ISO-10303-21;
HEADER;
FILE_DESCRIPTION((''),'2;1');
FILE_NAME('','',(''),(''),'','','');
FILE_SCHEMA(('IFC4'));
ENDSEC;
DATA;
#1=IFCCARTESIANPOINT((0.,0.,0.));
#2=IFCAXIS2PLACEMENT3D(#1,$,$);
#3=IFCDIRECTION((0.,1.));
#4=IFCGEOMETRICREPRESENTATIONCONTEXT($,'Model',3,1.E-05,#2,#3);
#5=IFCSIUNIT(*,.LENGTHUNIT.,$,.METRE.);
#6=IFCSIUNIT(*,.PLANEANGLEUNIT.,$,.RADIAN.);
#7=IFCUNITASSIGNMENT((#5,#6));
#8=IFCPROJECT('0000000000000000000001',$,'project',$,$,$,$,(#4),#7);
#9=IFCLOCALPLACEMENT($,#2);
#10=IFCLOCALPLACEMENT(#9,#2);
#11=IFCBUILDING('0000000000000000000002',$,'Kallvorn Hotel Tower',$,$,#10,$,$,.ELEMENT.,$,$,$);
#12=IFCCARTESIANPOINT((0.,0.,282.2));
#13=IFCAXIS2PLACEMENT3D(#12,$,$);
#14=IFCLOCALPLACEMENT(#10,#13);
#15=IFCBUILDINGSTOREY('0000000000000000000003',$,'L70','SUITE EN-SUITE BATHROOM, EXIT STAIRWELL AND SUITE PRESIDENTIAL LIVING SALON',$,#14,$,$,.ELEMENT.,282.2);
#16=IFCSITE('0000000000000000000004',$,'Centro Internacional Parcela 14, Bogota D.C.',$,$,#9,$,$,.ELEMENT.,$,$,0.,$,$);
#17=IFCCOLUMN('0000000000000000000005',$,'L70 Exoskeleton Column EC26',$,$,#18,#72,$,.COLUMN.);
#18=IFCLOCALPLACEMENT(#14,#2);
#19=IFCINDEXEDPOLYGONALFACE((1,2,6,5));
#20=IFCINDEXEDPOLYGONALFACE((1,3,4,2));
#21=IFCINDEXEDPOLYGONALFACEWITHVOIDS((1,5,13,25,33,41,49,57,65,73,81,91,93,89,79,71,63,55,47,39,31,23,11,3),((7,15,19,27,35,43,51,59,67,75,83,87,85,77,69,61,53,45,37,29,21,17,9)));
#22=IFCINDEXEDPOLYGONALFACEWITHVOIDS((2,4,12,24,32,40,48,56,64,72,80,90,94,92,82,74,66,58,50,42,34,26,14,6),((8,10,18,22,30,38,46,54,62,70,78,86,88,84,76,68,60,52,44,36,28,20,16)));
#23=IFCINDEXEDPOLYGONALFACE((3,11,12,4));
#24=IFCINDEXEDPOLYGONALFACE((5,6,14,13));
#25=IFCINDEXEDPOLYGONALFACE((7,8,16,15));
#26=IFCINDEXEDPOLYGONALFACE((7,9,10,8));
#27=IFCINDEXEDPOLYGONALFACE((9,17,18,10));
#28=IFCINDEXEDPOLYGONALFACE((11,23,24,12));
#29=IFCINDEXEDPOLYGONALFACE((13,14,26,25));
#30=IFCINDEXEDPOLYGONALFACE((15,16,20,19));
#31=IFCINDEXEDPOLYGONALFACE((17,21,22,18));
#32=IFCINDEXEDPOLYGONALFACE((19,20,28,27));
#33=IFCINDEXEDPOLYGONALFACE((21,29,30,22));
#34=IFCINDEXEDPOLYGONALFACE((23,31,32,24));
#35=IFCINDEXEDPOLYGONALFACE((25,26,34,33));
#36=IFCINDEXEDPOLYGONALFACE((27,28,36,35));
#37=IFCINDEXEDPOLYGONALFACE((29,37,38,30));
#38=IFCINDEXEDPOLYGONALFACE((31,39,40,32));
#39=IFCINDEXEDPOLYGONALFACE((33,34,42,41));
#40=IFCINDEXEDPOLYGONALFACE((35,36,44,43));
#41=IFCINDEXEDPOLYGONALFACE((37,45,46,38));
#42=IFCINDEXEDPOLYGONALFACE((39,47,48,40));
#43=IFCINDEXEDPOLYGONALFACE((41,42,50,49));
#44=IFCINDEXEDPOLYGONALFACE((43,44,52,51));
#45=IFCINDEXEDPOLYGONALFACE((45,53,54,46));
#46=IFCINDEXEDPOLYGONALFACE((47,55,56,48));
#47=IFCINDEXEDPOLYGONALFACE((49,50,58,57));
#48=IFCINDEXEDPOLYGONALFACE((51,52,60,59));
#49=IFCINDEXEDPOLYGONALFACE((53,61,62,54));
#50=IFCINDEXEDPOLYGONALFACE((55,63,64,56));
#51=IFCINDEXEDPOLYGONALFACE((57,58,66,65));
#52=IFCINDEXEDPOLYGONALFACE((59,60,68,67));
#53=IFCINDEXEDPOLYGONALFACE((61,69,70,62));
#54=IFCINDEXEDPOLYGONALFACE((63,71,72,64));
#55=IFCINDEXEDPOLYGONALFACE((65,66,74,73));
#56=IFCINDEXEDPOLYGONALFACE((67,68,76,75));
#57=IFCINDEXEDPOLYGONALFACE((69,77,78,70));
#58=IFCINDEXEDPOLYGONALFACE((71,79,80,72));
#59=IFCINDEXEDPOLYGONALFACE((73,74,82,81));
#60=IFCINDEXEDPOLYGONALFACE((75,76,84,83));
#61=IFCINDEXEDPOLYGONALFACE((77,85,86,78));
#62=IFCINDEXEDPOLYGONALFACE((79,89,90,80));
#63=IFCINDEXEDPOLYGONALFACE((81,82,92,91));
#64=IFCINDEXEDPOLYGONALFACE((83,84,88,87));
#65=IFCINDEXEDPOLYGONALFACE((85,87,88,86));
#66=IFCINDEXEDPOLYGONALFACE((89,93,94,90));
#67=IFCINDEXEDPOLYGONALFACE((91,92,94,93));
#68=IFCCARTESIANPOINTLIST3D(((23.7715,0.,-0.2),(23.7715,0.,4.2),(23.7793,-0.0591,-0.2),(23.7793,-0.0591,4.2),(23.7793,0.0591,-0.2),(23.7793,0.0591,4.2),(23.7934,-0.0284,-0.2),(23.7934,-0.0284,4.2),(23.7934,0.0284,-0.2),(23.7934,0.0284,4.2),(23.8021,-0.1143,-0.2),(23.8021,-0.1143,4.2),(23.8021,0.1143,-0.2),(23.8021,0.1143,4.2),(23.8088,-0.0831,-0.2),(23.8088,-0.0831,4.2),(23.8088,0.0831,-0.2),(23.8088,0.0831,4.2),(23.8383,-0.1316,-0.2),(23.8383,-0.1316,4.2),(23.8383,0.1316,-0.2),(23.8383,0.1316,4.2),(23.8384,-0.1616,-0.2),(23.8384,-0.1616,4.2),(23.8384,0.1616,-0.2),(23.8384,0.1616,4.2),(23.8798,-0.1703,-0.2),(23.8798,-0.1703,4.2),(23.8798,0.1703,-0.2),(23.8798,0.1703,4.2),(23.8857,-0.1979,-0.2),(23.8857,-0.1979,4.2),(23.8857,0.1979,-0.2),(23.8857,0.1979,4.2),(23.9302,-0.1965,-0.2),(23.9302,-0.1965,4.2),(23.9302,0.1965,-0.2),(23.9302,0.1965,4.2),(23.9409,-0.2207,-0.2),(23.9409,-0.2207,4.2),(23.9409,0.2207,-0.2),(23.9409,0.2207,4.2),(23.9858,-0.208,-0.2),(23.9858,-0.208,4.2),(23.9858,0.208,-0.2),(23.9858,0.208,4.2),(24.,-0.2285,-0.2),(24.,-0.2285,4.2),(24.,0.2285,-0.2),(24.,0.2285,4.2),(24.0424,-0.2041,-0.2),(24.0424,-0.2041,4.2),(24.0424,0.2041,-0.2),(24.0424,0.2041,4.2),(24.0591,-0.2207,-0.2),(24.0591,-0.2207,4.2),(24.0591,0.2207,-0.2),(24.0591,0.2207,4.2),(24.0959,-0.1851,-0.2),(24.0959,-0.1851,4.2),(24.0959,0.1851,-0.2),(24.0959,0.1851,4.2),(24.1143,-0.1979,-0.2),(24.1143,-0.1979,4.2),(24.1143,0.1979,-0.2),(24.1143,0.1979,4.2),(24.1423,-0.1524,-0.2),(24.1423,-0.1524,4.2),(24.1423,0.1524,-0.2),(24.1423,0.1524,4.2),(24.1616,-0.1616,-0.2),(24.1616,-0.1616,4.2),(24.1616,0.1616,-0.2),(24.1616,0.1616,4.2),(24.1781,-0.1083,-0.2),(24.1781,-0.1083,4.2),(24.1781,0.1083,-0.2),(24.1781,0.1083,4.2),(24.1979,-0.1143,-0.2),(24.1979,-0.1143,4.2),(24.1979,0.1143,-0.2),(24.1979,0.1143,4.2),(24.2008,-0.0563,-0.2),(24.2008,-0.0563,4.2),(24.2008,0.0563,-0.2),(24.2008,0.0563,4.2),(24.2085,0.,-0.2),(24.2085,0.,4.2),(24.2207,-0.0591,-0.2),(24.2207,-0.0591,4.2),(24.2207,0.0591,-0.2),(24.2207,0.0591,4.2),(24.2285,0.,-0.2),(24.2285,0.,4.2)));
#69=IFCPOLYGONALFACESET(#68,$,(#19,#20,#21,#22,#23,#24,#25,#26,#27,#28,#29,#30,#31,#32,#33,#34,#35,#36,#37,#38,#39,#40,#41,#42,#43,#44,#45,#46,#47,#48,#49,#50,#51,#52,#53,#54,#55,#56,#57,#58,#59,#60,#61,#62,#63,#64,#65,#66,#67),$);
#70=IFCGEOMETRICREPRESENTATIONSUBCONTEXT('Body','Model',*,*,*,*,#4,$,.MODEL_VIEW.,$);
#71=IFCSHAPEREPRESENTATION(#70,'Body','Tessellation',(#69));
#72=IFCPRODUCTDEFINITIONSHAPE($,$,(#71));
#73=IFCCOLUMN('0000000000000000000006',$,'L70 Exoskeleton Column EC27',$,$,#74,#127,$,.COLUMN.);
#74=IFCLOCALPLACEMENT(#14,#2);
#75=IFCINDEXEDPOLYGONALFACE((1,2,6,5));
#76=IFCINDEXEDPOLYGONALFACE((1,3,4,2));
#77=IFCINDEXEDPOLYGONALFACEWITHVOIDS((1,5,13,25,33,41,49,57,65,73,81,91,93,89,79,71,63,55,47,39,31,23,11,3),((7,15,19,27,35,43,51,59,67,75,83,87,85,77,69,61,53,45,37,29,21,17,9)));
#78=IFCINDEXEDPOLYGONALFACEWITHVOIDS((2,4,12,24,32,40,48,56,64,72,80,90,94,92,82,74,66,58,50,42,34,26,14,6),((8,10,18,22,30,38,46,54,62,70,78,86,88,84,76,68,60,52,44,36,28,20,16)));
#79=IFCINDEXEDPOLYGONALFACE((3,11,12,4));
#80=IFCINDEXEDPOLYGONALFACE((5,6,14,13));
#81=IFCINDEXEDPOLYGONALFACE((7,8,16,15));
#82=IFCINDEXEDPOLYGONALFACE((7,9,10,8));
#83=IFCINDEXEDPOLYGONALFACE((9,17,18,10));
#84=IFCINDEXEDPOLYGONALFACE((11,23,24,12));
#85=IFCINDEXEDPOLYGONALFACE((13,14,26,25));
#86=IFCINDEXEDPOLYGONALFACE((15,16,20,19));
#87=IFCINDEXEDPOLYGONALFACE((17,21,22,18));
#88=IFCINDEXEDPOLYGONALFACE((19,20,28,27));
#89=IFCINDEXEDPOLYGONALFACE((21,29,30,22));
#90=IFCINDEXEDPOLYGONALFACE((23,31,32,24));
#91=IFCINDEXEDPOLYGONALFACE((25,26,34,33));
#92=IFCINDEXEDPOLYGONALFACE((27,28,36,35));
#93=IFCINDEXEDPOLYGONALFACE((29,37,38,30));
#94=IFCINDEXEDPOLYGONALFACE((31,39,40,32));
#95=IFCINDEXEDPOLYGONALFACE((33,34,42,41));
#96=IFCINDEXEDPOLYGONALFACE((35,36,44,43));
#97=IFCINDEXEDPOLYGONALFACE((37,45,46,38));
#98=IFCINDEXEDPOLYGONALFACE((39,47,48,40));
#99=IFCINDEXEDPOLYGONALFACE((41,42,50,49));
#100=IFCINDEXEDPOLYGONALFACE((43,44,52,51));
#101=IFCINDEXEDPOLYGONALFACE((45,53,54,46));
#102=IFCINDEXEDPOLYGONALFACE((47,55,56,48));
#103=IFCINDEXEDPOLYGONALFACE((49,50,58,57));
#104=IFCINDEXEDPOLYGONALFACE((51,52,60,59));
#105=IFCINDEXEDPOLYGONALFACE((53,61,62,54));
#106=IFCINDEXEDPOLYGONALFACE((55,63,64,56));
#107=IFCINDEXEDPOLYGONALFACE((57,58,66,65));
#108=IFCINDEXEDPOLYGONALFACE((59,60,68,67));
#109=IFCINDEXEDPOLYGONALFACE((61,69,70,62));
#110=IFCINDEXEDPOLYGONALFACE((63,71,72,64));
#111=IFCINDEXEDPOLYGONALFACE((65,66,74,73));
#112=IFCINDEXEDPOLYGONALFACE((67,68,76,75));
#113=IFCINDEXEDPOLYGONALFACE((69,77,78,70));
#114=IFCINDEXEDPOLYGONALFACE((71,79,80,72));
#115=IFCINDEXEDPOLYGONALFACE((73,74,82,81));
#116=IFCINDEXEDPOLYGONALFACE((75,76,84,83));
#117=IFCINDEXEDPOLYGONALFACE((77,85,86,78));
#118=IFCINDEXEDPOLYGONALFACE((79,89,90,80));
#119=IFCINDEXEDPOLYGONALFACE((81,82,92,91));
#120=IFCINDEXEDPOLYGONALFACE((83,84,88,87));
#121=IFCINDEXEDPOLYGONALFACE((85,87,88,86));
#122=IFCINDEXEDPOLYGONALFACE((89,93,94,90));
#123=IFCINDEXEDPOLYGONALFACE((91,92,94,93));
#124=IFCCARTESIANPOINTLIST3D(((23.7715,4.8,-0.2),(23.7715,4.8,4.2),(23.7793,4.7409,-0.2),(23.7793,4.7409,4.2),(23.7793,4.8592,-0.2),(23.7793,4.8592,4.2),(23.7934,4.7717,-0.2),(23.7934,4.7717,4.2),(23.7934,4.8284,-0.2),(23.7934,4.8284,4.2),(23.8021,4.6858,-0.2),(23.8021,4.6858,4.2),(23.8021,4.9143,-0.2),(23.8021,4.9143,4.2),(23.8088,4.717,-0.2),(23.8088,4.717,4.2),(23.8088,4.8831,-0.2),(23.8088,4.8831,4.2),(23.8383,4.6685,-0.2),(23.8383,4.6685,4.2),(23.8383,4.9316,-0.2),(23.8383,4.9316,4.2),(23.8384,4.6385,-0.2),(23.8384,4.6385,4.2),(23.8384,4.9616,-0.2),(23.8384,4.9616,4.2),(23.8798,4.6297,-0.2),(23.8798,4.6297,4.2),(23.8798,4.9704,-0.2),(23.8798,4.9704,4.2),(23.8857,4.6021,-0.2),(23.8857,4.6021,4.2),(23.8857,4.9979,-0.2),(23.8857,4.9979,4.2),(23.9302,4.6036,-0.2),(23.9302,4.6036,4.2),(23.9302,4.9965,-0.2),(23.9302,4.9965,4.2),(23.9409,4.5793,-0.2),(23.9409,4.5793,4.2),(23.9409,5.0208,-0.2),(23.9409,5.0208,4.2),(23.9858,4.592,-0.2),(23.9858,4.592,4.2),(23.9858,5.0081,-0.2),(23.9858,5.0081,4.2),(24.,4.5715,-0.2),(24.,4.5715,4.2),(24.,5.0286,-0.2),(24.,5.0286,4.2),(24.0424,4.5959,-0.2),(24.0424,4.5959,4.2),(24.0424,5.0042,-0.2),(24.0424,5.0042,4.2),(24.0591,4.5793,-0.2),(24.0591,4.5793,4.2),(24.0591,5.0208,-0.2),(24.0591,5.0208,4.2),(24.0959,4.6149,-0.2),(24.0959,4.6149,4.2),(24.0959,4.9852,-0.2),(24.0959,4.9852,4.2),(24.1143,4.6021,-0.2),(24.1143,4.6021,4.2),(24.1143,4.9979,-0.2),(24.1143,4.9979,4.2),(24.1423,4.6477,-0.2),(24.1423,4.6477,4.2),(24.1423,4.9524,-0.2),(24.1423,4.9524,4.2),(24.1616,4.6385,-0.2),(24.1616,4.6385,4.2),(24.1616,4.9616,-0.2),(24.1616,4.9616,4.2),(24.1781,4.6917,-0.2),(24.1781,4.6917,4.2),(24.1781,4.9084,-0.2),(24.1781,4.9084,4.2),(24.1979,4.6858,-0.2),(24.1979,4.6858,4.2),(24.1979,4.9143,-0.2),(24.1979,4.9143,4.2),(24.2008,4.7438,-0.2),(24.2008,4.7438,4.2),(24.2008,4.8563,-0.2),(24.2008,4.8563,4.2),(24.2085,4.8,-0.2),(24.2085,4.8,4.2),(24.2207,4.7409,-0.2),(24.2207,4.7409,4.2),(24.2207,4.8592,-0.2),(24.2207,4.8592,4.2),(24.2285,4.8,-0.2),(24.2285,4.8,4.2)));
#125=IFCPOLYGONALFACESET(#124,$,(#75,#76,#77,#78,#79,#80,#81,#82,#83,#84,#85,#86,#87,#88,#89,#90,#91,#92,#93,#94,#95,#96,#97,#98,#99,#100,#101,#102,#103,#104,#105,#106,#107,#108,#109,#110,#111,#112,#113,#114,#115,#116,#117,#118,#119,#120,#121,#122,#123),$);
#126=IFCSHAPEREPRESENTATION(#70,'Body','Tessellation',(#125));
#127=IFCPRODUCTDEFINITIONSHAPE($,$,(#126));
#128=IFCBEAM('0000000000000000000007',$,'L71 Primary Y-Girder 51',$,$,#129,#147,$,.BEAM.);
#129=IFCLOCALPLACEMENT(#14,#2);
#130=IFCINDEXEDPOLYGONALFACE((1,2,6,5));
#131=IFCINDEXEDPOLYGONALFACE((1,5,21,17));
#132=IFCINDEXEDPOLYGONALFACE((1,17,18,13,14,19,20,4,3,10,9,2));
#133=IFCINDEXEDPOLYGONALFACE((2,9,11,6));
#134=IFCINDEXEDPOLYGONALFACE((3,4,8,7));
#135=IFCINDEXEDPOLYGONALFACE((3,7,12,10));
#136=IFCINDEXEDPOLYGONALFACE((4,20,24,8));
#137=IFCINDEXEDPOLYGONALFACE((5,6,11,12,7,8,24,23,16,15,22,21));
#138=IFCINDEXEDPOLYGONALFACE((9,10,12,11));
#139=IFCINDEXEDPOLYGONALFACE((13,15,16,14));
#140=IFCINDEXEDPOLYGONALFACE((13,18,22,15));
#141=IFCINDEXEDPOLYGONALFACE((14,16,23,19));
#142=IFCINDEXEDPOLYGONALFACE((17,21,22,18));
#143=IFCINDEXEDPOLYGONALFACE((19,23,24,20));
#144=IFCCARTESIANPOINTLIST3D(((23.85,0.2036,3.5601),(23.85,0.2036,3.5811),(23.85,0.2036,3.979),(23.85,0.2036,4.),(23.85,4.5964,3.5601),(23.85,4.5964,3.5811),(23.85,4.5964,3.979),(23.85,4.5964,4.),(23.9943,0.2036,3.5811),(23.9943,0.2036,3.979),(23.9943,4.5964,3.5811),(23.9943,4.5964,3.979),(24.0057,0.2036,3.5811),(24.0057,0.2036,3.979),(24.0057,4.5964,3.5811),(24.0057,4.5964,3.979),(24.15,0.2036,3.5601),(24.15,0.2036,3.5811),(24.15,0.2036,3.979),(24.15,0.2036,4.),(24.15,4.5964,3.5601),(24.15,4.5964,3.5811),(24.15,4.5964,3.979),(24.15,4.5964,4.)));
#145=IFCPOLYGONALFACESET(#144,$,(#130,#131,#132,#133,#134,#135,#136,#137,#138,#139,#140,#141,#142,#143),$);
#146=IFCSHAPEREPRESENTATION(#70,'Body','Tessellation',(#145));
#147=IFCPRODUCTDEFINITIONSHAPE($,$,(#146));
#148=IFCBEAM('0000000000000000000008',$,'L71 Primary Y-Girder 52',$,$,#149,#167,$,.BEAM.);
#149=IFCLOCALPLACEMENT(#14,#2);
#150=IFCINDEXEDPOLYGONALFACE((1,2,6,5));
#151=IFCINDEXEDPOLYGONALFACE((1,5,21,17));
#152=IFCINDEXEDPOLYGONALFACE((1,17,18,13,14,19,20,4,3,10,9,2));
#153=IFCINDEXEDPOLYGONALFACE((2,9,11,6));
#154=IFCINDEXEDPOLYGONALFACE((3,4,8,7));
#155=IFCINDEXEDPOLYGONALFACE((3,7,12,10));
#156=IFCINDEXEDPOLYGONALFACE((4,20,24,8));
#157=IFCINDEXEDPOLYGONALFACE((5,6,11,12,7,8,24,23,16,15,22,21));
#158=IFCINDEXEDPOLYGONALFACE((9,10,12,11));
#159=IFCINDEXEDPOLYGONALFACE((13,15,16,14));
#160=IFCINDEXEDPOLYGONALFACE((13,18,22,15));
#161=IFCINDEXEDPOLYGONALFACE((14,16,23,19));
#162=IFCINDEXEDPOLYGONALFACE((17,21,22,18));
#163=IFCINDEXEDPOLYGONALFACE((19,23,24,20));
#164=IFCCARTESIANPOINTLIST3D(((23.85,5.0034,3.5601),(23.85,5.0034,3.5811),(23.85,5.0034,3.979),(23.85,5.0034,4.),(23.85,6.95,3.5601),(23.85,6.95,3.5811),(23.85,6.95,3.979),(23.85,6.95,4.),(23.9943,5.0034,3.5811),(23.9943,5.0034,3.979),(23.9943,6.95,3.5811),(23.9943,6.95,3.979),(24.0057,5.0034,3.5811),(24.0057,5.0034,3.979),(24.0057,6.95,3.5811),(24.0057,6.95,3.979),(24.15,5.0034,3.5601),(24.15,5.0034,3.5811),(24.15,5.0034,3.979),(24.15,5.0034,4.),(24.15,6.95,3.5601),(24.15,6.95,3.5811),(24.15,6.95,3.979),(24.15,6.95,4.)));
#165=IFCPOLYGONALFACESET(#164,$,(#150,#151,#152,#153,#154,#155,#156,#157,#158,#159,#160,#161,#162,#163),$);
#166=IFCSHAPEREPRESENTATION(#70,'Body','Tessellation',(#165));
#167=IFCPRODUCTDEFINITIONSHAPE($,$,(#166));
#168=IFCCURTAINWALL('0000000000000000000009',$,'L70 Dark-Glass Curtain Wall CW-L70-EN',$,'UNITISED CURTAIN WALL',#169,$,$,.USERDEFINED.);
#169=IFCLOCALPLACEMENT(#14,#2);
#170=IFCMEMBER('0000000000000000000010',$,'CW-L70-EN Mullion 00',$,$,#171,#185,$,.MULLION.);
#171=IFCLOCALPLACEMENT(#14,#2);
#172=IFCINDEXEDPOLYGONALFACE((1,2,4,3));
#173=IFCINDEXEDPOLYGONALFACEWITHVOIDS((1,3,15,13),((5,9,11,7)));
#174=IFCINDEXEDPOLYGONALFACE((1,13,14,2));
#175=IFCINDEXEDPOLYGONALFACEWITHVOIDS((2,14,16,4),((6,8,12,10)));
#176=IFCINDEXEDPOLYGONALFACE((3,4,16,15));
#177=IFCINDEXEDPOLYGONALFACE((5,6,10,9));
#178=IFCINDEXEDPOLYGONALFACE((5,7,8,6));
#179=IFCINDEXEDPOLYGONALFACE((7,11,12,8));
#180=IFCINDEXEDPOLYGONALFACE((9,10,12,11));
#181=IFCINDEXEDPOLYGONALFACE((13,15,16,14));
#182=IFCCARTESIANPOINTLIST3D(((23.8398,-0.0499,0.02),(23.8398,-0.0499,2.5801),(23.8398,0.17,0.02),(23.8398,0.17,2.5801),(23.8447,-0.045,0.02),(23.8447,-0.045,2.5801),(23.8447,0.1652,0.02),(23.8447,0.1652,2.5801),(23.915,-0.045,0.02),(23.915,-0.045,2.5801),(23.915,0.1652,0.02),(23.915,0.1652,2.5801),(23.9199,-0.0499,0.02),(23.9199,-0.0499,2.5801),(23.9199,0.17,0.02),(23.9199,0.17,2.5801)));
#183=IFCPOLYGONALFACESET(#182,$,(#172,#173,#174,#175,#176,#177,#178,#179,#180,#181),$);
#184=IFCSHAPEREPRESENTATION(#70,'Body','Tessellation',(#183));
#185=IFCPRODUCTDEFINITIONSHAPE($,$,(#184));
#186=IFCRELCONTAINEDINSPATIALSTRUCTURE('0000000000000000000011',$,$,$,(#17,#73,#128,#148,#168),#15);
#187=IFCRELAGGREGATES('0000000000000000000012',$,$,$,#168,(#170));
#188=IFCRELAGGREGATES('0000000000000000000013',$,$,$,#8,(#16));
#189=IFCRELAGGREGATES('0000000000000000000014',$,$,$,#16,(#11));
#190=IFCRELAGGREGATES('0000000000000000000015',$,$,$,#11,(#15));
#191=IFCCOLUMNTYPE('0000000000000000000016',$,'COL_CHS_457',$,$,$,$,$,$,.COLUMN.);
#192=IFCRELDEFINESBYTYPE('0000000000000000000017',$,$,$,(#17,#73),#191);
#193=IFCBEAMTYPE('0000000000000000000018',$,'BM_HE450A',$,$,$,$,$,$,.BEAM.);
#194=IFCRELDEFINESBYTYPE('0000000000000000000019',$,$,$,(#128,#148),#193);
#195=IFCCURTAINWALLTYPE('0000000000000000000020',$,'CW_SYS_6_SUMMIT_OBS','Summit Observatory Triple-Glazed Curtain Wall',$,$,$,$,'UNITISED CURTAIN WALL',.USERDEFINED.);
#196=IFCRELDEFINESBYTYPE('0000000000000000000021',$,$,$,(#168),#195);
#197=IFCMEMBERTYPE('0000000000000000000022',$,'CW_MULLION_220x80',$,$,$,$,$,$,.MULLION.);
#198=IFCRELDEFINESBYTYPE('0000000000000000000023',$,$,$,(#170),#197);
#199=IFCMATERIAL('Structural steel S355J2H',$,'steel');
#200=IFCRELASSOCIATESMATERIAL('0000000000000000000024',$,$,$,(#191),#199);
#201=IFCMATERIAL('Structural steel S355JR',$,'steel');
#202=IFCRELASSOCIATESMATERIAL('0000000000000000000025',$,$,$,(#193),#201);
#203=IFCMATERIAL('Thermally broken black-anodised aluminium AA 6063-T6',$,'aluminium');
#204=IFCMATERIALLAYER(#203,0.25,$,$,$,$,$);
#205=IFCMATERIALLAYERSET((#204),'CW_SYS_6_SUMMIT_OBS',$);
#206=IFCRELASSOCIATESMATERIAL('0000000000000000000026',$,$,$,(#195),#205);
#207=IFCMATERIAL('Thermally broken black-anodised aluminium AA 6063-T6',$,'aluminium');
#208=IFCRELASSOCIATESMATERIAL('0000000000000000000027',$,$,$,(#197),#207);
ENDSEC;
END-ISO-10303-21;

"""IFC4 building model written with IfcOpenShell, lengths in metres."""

from ifc_helpers import new_model, si_unit, direction, frame, origin, origin_2d, place, context, subcontext, project, spatial, hollow_rectangle, hollow_circle, i_section, extrude, material, layer, layer_set, material_profile, profile_set, type_object, element, aggregate, save


model = new_model("IFC4")

# Units and contexts
model_context = context("Model", 3, precision=1e-05, world=origin(), true_north=direction((0.0, 1.0)))
body_context = subcontext(model_context, "Body", "Model", "MODEL_VIEW")
ifc_project = project(units=[si_unit("LENGTHUNIT", "METRE"), si_unit("PLANEANGLEUNIT", "RADIAN")], contexts=[model_context])

# Site, building, storey
site_placement = place(None, origin())
site = spatial("IfcSite", under=ifc_project, at=site_placement, Name="Centro Internacional Parcela 14, Bogota D.C.", CompositionType="ELEMENT", RefElevation=0.0)
building_placement = place(site_placement, origin())
building = spatial("IfcBuilding", under=site, at=building_placement, Name="Kallvorn Hotel Tower", CompositionType="ELEMENT")
storey_placement = place(building_placement, frame((0.0, 0.0, 282.2)))
storey = spatial("IfcBuildingStorey", under=building, at=storey_placement, Name="L70", Description="SUITE EN-SUITE BATHROOM, EXIT STAIRWELL AND SUITE PRESIDENTIAL LIVING SALON", CompositionType="ELEMENT", Elevation=282.2)

# Columns
ifc_material_1 = material(Name="Structural steel S355J2H", Category="steel")
ifc_material_profile_1 = material_profile(ifc_material_1, hollow_circle(Radius=0.2285, WallThickness=0.02, at=origin_2d()), Name="CHS 457x20")
ifc_profile_set_1 = profile_set([ifc_material_profile_1], Name="Structural steel S355J2H")
column_type = type_object("IfcColumnType", Name="COL_CHS_457", PredefinedType="COLUMN", material=ifc_profile_set_1)
for number, where, z_axis, x_axis, name in (
    (1, (24.0, 0.0, -0.2), (0.0, 0.0, 1.0), (1.0, 0.0, 0.0), "L70 Exoskeleton Column EC26"),
    (2, (24.0, 4.8, -0.2), (0.0, 0.0, 1.0), (1.0, 0.0, 0.0), "L70 Exoskeleton Column EC27"),
):
    element("IfcColumn", number, at=place(storey_placement, frame(where, z_axis=z_axis, x_axis=x_axis)), inside=storey, type_object=column_type, Name=name, PredefinedType="COLUMN", context=body_context, shape_type="SweptSolid", body=[
        extrude(hollow_circle(Radius=0.2285, WallThickness=0.02, at=origin_2d()), origin(), (0.0, 0.0, 1.0), 4.3999),
    ])

# Beams
ifc_material_2 = material(Name="Structural steel S355JR", Category="steel")
ifc_material_profile_2 = material_profile(ifc_material_2, i_section(OverallWidth=0.3, OverallDepth=0.4399, WebThickness=0.0115, FlangeThickness=0.021, at=origin_2d()), Name="HE 450 A")
ifc_profile_set_2 = profile_set([ifc_material_profile_2], Name="Structural steel S355JR")
beam_type = type_object("IfcBeamType", Name="BM_HE450A", PredefinedType="BEAM", material=ifc_profile_set_2)
beam_1_placement = place(storey_placement, frame((24.0, 0.2036, 3.78), z_axis=(0.0, 1.0, 0.0), x_axis=(-1.0, 0.0, 0.0)))
element("IfcBeam", 3, at=beam_1_placement, inside=storey, type_object=beam_type, Name="L71 Primary Y-Girder 51", PredefinedType="BEAM", context=body_context, shape_type="SweptSolid", body=[
    extrude(i_section(OverallWidth=0.3, OverallDepth=0.4399, WebThickness=0.0115, FlangeThickness=0.021, at=origin_2d()), origin(), (0.0, 0.0, 1.0), 4.3928),
])
beam_2_placement = place(storey_placement, frame((24.0, 5.0034, 3.78), z_axis=(0.0, 1.0, 0.0), x_axis=(-1.0, 0.0, 0.0)))
element("IfcBeam", 4, at=beam_2_placement, inside=storey, type_object=beam_type, Name="L71 Primary Y-Girder 52", PredefinedType="BEAM", context=body_context, shape_type="SweptSolid", body=[
    extrude(i_section(OverallWidth=0.3, OverallDepth=0.4399, WebThickness=0.0115, FlangeThickness=0.021, at=origin_2d()), origin(), (0.0, 0.0, 1.0), 1.9465),
])

# Curtain wall, member
ifc_material_3 = material(Name="Thermally broken black-anodised aluminium AA 6063-T6", Category="aluminium")
ifc_layer_1 = layer(ifc_material_3, 0.25)
ifc_layer_set_1 = layer_set([ifc_layer_1], Name="CW_SYS_6_SUMMIT_OBS")
curtain_wall_type = type_object("IfcCurtainWallType", Name="CW_SYS_6_SUMMIT_OBS", Description="Summit Observatory Triple-Glazed Curtain Wall", ElementType="UNITISED CURTAIN WALL", PredefinedType="USERDEFINED", material=ifc_layer_set_1)
curtain_wall_placement = place(storey_placement, origin())
curtain_wall = element("IfcCurtainWall", 5, at=curtain_wall_placement, inside=storey, type_object=curtain_wall_type, Name="L70 Dark-Glass Curtain Wall CW-L70-EN", ObjectType="UNITISED CURTAIN WALL", PredefinedType="USERDEFINED")
ifc_material_4 = material(Name="Thermally broken black-anodised aluminium AA 6063-T6", Category="aluminium")
ifc_material_profile_3 = material_profile(ifc_material_4, hollow_rectangle(XDim=0.0801, YDim=0.22, WallThickness=0.0049, at=origin_2d()), Name="MUL 220x80")
ifc_profile_set_3 = profile_set([ifc_material_profile_3], Name="Thermally broken black-anodised aluminium AA 6063-T6")
member_type_1 = type_object("IfcMemberType", Name="CW_MULLION_220x80", PredefinedType="MULLION", material=ifc_profile_set_3)
member_1_placement = place(storey_placement, frame((23.8799, 0.0601, 0.02), z_axis=(0.0, 0.0, 1.0), x_axis=(1.0, 0.0, 0.0)))
member_1 = element("IfcMember", 6, at=member_1_placement, type_object=member_type_1, Name="CW-L70-EN Mullion 00", PredefinedType="MULLION", context=body_context, shape_type="SweptSolid", body=[
    extrude(hollow_rectangle(XDim=0.0801, YDim=0.22, WallThickness=0.0049, at=origin_2d()), origin(), (0.0, 0.0, 1.0), 2.5601),
])
aggregate(curtain_wall, [member_1])

save(model, "model.ifc")
